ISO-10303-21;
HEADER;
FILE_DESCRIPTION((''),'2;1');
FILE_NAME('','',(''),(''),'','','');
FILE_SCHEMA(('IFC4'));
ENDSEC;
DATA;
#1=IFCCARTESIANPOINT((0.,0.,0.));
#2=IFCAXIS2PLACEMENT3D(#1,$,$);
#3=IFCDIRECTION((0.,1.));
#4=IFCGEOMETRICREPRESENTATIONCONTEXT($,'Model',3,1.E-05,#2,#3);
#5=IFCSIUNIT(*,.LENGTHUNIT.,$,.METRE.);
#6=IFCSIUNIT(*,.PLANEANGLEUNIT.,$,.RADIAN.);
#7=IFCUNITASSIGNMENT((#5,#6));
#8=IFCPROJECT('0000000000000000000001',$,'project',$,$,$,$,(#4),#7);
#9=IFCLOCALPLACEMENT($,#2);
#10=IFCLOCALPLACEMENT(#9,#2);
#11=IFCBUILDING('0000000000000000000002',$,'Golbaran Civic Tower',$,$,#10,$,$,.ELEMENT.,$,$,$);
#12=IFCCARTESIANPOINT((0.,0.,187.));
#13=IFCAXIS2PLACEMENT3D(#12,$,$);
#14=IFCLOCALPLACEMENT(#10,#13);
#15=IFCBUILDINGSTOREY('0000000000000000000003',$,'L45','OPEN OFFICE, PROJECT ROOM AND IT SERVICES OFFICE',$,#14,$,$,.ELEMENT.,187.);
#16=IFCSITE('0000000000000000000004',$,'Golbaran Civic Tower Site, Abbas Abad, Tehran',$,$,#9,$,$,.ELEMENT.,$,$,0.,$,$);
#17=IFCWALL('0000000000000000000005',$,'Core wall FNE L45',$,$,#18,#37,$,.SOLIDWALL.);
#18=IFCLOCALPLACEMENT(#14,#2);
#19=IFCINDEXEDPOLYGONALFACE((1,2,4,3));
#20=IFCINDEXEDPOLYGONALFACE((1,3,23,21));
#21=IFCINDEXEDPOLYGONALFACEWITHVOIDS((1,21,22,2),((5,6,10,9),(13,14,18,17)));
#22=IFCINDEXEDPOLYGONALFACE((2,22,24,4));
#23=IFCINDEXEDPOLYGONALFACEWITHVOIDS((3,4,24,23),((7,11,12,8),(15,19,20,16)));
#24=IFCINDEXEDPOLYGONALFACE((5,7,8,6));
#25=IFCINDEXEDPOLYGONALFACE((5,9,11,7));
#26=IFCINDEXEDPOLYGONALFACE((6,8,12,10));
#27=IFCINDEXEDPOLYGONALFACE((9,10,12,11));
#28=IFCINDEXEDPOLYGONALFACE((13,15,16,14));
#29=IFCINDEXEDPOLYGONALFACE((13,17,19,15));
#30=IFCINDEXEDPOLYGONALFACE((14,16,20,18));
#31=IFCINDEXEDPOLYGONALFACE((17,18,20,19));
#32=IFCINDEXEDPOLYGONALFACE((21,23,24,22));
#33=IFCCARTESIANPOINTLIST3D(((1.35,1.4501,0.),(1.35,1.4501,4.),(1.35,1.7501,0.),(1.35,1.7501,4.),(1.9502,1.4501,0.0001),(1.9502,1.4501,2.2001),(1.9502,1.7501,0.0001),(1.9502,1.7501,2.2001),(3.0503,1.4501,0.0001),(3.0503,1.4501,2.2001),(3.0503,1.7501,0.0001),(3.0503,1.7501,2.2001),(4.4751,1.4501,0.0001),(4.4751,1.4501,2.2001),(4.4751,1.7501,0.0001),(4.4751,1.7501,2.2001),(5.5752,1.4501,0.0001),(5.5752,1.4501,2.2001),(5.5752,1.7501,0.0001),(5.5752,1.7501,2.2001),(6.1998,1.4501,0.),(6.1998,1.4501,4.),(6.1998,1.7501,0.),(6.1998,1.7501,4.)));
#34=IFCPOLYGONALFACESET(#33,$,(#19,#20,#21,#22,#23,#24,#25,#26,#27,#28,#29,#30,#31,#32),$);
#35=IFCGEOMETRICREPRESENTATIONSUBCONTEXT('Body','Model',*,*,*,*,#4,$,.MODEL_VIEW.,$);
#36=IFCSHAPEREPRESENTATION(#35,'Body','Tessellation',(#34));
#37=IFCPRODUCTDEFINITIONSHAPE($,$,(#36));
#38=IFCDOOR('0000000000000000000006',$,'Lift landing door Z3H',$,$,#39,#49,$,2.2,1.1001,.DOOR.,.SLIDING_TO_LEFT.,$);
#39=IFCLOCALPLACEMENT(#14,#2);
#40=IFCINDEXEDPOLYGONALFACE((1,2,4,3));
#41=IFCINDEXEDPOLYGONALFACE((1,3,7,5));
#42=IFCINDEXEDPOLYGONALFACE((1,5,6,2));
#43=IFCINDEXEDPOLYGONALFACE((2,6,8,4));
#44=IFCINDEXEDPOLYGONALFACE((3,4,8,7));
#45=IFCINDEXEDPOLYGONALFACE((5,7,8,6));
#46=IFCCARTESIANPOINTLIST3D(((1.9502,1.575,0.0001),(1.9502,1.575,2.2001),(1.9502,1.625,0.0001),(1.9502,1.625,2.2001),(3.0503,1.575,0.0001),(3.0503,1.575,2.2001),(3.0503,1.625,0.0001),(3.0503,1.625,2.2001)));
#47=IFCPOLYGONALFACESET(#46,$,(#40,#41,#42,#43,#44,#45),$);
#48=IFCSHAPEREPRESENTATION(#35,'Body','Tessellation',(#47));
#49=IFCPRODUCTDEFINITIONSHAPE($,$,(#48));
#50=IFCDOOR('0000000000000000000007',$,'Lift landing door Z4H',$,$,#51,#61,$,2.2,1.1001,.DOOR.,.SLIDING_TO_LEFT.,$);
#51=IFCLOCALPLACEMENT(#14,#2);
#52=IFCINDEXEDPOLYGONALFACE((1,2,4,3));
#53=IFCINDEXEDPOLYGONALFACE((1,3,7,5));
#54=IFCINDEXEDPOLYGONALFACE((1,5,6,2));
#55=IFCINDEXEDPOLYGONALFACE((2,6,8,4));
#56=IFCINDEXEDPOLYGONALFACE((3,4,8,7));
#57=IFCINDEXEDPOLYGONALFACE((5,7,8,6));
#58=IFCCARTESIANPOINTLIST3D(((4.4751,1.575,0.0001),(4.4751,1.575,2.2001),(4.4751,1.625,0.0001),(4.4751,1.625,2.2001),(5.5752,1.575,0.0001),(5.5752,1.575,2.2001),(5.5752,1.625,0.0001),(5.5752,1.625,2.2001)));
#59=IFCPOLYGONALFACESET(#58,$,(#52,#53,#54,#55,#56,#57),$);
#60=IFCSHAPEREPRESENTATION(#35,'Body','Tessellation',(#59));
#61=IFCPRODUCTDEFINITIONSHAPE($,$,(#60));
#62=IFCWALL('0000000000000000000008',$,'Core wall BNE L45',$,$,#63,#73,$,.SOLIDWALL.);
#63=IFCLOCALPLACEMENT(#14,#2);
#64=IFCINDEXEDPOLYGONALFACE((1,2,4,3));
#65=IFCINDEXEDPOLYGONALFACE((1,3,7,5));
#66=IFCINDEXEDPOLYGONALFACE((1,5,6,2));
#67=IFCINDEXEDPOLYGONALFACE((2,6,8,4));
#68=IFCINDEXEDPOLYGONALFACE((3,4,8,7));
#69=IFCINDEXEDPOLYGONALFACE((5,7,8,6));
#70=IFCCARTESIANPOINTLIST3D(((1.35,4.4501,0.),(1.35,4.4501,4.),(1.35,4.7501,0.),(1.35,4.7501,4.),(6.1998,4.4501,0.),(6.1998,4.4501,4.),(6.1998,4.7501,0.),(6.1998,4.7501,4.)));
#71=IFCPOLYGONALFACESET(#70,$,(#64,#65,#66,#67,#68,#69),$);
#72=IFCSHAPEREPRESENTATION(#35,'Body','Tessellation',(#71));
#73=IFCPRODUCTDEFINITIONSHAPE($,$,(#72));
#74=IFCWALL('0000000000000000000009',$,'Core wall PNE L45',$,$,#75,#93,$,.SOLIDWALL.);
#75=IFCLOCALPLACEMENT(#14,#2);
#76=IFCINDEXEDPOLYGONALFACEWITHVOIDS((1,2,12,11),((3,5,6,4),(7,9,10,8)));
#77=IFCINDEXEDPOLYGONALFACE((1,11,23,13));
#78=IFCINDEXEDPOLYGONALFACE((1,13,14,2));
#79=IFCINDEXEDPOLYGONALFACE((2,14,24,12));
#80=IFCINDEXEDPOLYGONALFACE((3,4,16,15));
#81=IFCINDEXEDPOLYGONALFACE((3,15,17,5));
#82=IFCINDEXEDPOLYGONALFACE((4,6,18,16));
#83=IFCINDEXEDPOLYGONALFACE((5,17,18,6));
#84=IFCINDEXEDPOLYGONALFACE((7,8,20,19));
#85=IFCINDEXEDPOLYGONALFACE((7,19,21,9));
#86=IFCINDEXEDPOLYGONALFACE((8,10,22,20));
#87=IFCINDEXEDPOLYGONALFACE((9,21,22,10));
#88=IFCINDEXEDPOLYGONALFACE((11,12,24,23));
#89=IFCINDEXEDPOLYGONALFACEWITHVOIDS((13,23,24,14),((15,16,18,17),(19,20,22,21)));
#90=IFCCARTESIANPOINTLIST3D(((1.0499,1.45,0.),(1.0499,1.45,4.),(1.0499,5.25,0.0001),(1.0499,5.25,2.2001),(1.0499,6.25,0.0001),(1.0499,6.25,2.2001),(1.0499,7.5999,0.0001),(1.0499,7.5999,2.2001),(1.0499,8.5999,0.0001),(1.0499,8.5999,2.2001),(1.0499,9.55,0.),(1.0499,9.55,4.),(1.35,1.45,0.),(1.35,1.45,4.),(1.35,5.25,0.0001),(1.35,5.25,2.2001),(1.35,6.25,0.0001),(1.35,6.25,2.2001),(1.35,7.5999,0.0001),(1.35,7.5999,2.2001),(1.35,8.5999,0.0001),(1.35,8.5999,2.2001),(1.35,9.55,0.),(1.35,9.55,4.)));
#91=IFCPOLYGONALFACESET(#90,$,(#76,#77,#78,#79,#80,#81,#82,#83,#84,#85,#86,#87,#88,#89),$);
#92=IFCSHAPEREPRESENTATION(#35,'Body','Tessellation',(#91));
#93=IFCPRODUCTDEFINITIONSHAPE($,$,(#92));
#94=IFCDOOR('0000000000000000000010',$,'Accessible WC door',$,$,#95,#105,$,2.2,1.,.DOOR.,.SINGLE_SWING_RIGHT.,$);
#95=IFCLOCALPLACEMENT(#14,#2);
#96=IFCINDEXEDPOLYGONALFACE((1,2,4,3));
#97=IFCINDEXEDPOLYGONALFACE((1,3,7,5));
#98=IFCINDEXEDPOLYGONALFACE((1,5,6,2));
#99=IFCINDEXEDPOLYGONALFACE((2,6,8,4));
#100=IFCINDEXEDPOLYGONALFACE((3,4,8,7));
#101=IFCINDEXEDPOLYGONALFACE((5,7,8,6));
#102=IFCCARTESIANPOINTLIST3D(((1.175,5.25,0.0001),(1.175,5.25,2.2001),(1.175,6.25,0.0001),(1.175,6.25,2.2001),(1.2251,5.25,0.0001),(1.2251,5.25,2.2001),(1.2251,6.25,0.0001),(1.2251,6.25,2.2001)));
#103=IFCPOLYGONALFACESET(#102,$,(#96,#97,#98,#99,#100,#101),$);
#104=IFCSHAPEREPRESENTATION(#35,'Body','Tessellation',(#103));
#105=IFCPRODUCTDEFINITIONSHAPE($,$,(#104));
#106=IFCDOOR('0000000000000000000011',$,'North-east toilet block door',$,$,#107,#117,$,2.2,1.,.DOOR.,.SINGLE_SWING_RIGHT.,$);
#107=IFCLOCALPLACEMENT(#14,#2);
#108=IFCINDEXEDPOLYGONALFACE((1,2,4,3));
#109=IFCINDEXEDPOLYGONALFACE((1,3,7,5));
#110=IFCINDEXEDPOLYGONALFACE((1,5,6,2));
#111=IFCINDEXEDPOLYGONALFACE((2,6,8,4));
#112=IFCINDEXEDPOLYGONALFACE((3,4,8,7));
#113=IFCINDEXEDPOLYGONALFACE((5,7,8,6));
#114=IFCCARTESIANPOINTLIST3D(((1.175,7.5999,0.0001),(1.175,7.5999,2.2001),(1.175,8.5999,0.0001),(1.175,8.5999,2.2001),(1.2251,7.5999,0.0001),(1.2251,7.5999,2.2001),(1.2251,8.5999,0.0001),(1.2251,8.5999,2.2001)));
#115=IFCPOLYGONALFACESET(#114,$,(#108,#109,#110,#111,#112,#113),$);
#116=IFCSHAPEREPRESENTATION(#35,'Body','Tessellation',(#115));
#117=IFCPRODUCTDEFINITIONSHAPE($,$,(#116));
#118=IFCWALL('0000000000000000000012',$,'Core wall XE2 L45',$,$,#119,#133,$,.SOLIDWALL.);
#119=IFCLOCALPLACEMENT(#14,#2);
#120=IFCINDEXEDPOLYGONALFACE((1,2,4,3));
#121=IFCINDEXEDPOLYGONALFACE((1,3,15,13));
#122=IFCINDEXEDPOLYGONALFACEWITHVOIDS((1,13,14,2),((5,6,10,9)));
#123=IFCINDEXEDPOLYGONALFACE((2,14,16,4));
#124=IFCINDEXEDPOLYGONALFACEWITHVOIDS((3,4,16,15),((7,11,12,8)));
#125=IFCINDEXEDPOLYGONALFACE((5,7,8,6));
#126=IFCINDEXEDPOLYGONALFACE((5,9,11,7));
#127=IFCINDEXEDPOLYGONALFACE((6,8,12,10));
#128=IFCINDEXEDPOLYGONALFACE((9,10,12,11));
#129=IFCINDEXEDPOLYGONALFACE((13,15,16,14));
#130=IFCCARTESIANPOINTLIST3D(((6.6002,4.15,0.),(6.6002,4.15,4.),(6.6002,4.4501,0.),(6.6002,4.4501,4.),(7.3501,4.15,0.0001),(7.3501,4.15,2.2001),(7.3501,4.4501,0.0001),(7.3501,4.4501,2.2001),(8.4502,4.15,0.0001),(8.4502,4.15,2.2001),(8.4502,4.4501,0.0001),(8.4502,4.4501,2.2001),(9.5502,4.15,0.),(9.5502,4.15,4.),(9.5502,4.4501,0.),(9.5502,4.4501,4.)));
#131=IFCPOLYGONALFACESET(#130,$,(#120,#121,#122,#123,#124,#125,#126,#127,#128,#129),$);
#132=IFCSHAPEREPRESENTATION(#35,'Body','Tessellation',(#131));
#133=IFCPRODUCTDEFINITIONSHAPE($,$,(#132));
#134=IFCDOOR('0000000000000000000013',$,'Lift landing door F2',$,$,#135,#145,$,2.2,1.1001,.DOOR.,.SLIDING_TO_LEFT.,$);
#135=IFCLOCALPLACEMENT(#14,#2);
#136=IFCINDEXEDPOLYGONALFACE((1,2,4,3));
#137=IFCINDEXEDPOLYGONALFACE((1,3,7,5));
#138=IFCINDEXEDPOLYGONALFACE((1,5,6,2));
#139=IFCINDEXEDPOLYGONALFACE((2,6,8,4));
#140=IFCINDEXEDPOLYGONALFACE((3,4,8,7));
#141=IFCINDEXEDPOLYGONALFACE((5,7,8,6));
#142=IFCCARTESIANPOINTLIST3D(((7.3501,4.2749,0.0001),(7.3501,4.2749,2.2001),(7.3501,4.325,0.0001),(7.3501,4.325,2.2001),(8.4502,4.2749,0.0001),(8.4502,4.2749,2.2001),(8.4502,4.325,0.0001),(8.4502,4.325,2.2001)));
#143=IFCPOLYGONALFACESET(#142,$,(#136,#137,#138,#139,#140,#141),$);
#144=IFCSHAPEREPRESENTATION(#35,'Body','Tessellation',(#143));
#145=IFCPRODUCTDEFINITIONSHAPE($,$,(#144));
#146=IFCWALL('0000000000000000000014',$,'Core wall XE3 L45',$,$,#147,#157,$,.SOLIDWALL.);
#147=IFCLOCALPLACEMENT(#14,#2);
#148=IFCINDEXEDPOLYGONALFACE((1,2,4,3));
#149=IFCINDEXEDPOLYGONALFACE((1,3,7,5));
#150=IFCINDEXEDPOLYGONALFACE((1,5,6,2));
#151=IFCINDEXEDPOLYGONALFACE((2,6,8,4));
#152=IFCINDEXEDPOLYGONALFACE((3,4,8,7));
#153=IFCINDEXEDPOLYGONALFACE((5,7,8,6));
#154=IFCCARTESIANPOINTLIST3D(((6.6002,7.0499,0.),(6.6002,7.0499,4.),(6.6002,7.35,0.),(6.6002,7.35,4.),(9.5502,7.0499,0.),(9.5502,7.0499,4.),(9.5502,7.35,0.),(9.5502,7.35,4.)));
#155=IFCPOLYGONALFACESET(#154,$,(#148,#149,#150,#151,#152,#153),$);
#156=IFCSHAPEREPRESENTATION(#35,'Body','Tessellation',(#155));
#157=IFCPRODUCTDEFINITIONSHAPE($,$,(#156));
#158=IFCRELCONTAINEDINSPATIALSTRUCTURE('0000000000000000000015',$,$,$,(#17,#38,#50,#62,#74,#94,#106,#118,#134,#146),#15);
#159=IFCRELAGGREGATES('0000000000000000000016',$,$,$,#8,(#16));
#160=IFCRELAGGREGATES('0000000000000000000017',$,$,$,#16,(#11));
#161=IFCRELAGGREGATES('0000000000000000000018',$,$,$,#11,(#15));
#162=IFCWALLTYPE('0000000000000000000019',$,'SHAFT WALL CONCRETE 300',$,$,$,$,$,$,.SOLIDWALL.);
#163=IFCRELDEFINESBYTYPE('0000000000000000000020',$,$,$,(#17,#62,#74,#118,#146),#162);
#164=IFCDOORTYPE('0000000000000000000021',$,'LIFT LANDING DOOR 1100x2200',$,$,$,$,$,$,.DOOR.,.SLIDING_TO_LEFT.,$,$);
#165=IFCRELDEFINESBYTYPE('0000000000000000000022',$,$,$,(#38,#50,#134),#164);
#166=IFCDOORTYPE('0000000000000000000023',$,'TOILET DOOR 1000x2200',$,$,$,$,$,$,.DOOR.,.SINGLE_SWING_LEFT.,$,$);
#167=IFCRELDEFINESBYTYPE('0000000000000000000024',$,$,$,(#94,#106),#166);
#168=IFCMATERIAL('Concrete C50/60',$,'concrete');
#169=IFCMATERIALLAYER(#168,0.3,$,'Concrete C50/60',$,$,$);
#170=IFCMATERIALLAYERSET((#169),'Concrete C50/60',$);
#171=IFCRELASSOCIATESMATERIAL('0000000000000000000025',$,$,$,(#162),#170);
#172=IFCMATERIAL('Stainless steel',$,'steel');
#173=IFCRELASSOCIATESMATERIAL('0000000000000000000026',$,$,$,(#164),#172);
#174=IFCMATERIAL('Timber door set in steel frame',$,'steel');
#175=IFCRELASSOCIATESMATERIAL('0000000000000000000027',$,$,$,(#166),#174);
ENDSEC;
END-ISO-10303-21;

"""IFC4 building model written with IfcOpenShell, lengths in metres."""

from ifc_helpers import new_model, si_unit, direction, frame, frame_2d, origin, place, context, subcontext, project, spatial, rectangle, extrude, material, layer, layer_set, type_object, element, fill, save


model = new_model("IFC4")

# Units and contexts
model_context = context("Model", 3, precision=1e-05, world=origin(), true_north=direction((0.0, 1.0)))
body_context = subcontext(model_context, "Body", "Model", "MODEL_VIEW")
ifc_project = project(units=[si_unit("LENGTHUNIT", "METRE"), si_unit("PLANEANGLEUNIT", "RADIAN")], contexts=[model_context])

# Site, building, storey
site_placement = place(None, origin())
site = spatial("IfcSite", under=ifc_project, at=site_placement, Name="Golbaran Civic Tower Site, Abbas Abad, Tehran", CompositionType="ELEMENT", RefElevation=0.0)
building_placement = place(site_placement, origin())
building = spatial("IfcBuilding", under=site, at=building_placement, Name="Golbaran Civic Tower", CompositionType="ELEMENT")
storey_placement = place(building_placement, frame((0.0, 0.0, 187.0)))
storey = spatial("IfcBuildingStorey", under=building, at=storey_placement, Name="L45", Description="OPEN OFFICE, PROJECT ROOM AND IT SERVICES OFFICE", CompositionType="ELEMENT", Elevation=187.0)

# Shared definitions
ifc_material_1 = material(Name="Timber door set in steel frame", Category="steel")

# Shared definitions
ifc_material_2 = material(Name="Concrete C50/60", Category="concrete")

# Wall, openings, doors
ifc_layer_1 = layer(ifc_material_2, 0.3, Name="Concrete C50/60")
ifc_layer_set_1 = layer_set([ifc_layer_1], Name="Concrete C50/60")
wall_type_1 = type_object("IfcWallType", Name="SHAFT WALL CONCRETE 300", PredefinedType="SOLIDWALL", material=ifc_layer_set_1)
wall_1_placement = place(storey_placement, frame((1.3501, 1.6001, 0.0), z_axis=(0.0, 0.0, 1.0), x_axis=(1.0, 0.0, 0.0)))
wall_1 = element("IfcWall", 1, at=wall_1_placement, inside=storey, type_object=wall_type_1, Name="Core wall FNE L45", PredefinedType="SOLIDWALL", context=body_context, shape_type="SweptSolid", body=[
    extrude(rectangle(XDim=4.8499, YDim=0.3, at=frame_2d((2.4248, 0.0))), origin(), (0.0, 0.0, 1.0), 4.0),
])
opening_1_placement = place(wall_1_placement, frame((0.6001, 0.0, 0.0)))
opening_1 = element("IfcOpeningElement", 2, at=opening_1_placement, cuts=wall_1, PredefinedType="OPENING", context=body_context, shape_type="SweptSolid", body=[
    extrude(rectangle(XDim=1.1001, YDim=2.2, at=frame_2d((0.55, 1.1001))), frame((0.0, 0.1599, 0.0), z_axis=(0.0, -1.0, 0.0), x_axis=(1.0, 0.0, 0.0)), (0.0, 0.0, 1.0), 0.3201),
])
opening_2_placement = place(wall_1_placement, frame((3.125, 0.0, 0.0)))
opening_2 = element("IfcOpeningElement", 3, at=opening_2_placement, cuts=wall_1, PredefinedType="OPENING", context=body_context, shape_type="SweptSolid", body=[
    extrude(rectangle(XDim=1.1001, YDim=2.2, at=frame_2d((0.55, 1.1001))), frame((0.0, 0.1599, 0.0), z_axis=(0.0, -1.0, 0.0), x_axis=(1.0, 0.0, 0.0)), (0.0, 0.0, 1.0), 0.3201),
])
ifc_material_3 = material(Name="Stainless steel", Category="steel")
door_type_1 = type_object("IfcDoorType", Name="LIFT LANDING DOOR 1100x2200", OperationType="SLIDING_TO_LEFT", PredefinedType="DOOR", material=ifc_material_3)
door_1_placement = place(opening_1_placement, origin())
door_1 = element("IfcDoor", 4, at=door_1_placement, inside=storey, type_object=door_type_1, Name="Lift landing door Z3H", OperationType="SLIDING_TO_LEFT", OverallHeight=2.2, OverallWidth=1.1001, PredefinedType="DOOR", context=body_context, shape_type="SweptSolid", body=[
    extrude(rectangle(XDim=1.1001, YDim=2.2, at=frame_2d((0.55, 1.1001))), frame((0.0, 0.0249, 0.0), z_axis=(0.0, -1.0, 0.0), x_axis=(1.0, 0.0, 0.0)), (0.0, 0.0, 1.0), 0.05),
])
fill(opening_1, door_1)
door_2_placement = place(opening_2_placement, origin())
door_2 = element("IfcDoor", 5, at=door_2_placement, inside=storey, type_object=door_type_1, Name="Lift landing door Z4H", OperationType="SLIDING_TO_LEFT", OverallHeight=2.2, OverallWidth=1.1001, PredefinedType="DOOR", context=body_context, shape_type="SweptSolid", body=[
    extrude(rectangle(XDim=1.1001, YDim=2.2, at=frame_2d((0.55, 1.1001))), frame((0.0, 0.0249, 0.0), z_axis=(0.0, -1.0, 0.0), x_axis=(1.0, 0.0, 0.0)), (0.0, 0.0, 1.0), 0.05),
])
fill(opening_2, door_2)

# Wall
wall_2_placement = place(storey_placement, frame((1.3501, 4.6001, 0.0), z_axis=(0.0, 0.0, 1.0), x_axis=(1.0, 0.0, 0.0)))
element("IfcWall", 6, at=wall_2_placement, inside=storey, type_object=wall_type_1, Name="Core wall BNE L45", PredefinedType="SOLIDWALL", context=body_context, shape_type="SweptSolid", body=[
    extrude(rectangle(XDim=4.8499, YDim=0.3, at=frame_2d((2.4248, 0.0))), origin(), (0.0, 0.0, 1.0), 4.0),
])

# Wall, openings, doors
wall_3_placement = place(storey_placement, frame((1.2, 1.45, 0.0), z_axis=(0.0, 0.0, 1.0), x_axis=(0.0, 1.0, 0.0)))
wall_3 = element("IfcWall", 7, at=wall_3_placement, inside=storey, type_object=wall_type_1, Name="Core wall PNE L45", PredefinedType="SOLIDWALL", context=body_context, shape_type="SweptSolid", body=[
    extrude(rectangle(XDim=8.1001, YDim=0.3, at=frame_2d((4.05, 0.0))), origin(), (0.0, 0.0, 1.0), 4.0),
])
opening_3_placement = place(wall_3_placement, frame((3.8, 0.0, 0.0)))
opening_3 = element("IfcOpeningElement", 8, at=opening_3_placement, cuts=wall_3, PredefinedType="OPENING", context=body_context, shape_type="SweptSolid", body=[
    extrude(rectangle(XDim=1.0, YDim=2.2, at=frame_2d((0.5, 1.1001))), frame((0.0, 0.1599, 0.0), z_axis=(0.0, -1.0, 0.0), x_axis=(1.0, 0.0, 0.0)), (0.0, 0.0, 1.0), 0.3201),
])
opening_4_placement = place(wall_3_placement, frame((6.1499, 0.0, 0.0)))
opening_4 = element("IfcOpeningElement", 9, at=opening_4_placement, cuts=wall_3, PredefinedType="OPENING", context=body_context, shape_type="SweptSolid", body=[
    extrude(rectangle(XDim=1.0, YDim=2.2, at=frame_2d((0.5, 1.1001))), frame((0.0, 0.1599, 0.0), z_axis=(0.0, -1.0, 0.0), x_axis=(1.0, 0.0, 0.0)), (0.0, 0.0, 1.0), 0.3201),
])
door_type_2 = type_object("IfcDoorType", Name="TOILET DOOR 1000x2200", OperationType="SINGLE_SWING_LEFT", PredefinedType="DOOR", material=ifc_material_1)
door_3_placement = place(opening_3_placement, origin())
door_3 = element("IfcDoor", 10, at=door_3_placement, inside=storey, type_object=door_type_2, Name="Accessible WC door", OperationType="SINGLE_SWING_RIGHT", OverallHeight=2.2, OverallWidth=1.0, PredefinedType="DOOR", context=body_context, shape_type="SweptSolid", body=[
    extrude(rectangle(XDim=1.0, YDim=2.2, at=frame_2d((0.5, 1.1001))), frame((0.0, 0.0249, 0.0), z_axis=(0.0, -1.0, 0.0), x_axis=(1.0, 0.0, 0.0)), (0.0, 0.0, 1.0), 0.05),
])
fill(opening_3, door_3)
door_4_placement = place(opening_4_placement, origin())
door_4 = element("IfcDoor", 11, at=door_4_placement, inside=storey, type_object=door_type_2, Name="North-east toilet block door", OperationType="SINGLE_SWING_RIGHT", OverallHeight=2.2, OverallWidth=1.0, PredefinedType="DOOR", context=body_context, shape_type="SweptSolid", body=[
    extrude(rectangle(XDim=1.0, YDim=2.2, at=frame_2d((0.5, 1.1001))), frame((0.0, 0.0249, 0.0), z_axis=(0.0, -1.0, 0.0), x_axis=(1.0, 0.0, 0.0)), (0.0, 0.0, 1.0), 0.05),
])
fill(opening_4, door_4)

# Wall, opening, door
wall_4_placement = place(storey_placement, frame((6.6001, 4.3, 0.0), z_axis=(0.0, 0.0, 1.0), x_axis=(1.0, 0.0, 0.0)))
wall_4 = element("IfcWall", 12, at=wall_4_placement, inside=storey, type_object=wall_type_1, Name="Core wall XE2 L45", PredefinedType="SOLIDWALL", context=body_context, shape_type="SweptSolid", body=[
    extrude(rectangle(XDim=2.95, YDim=0.3, at=frame_2d((1.4751, 0.0))), origin(), (0.0, 0.0, 1.0), 4.0),
])
opening_5_placement = place(wall_4_placement, frame((0.75, 0.0, 0.0)))
opening_5 = element("IfcOpeningElement", 13, at=opening_5_placement, cuts=wall_4, PredefinedType="OPENING", context=body_context, shape_type="SweptSolid", body=[
    extrude(rectangle(XDim=1.1001, YDim=2.2, at=frame_2d((0.55, 1.1001))), frame((0.0, 0.1599, 0.0), z_axis=(0.0, -1.0, 0.0), x_axis=(1.0, 0.0, 0.0)), (0.0, 0.0, 1.0), 0.3201),
])
door_5_placement = place(opening_5_placement, origin())
door_5 = element("IfcDoor", 14, at=door_5_placement, inside=storey, type_object=door_type_1, Name="Lift landing door F2", OperationType="SLIDING_TO_LEFT", OverallHeight=2.2, OverallWidth=1.1001, PredefinedType="DOOR", context=body_context, shape_type="SweptSolid", body=[
    extrude(rectangle(XDim=1.1001, YDim=2.2, at=frame_2d((0.55, 1.1001))), frame((0.0, 0.0249, 0.0), z_axis=(0.0, -1.0, 0.0), x_axis=(1.0, 0.0, 0.0)), (0.0, 0.0, 1.0), 0.05),
])
fill(opening_5, door_5)

# Wall
wall_5_placement = place(storey_placement, frame((6.6001, 7.2, 0.0), z_axis=(0.0, 0.0, 1.0), x_axis=(1.0, 0.0, 0.0)))
element("IfcWall", 15, at=wall_5_placement, inside=storey, type_object=wall_type_1, Name="Core wall XE3 L45", PredefinedType="SOLIDWALL", context=body_context, shape_type="SweptSolid", body=[
    extrude(rectangle(XDim=2.95, YDim=0.3, at=frame_2d((1.4751, 0.0))), origin(), (0.0, 0.0, 1.0), 4.0),
])

save(model, "model.ifc")
